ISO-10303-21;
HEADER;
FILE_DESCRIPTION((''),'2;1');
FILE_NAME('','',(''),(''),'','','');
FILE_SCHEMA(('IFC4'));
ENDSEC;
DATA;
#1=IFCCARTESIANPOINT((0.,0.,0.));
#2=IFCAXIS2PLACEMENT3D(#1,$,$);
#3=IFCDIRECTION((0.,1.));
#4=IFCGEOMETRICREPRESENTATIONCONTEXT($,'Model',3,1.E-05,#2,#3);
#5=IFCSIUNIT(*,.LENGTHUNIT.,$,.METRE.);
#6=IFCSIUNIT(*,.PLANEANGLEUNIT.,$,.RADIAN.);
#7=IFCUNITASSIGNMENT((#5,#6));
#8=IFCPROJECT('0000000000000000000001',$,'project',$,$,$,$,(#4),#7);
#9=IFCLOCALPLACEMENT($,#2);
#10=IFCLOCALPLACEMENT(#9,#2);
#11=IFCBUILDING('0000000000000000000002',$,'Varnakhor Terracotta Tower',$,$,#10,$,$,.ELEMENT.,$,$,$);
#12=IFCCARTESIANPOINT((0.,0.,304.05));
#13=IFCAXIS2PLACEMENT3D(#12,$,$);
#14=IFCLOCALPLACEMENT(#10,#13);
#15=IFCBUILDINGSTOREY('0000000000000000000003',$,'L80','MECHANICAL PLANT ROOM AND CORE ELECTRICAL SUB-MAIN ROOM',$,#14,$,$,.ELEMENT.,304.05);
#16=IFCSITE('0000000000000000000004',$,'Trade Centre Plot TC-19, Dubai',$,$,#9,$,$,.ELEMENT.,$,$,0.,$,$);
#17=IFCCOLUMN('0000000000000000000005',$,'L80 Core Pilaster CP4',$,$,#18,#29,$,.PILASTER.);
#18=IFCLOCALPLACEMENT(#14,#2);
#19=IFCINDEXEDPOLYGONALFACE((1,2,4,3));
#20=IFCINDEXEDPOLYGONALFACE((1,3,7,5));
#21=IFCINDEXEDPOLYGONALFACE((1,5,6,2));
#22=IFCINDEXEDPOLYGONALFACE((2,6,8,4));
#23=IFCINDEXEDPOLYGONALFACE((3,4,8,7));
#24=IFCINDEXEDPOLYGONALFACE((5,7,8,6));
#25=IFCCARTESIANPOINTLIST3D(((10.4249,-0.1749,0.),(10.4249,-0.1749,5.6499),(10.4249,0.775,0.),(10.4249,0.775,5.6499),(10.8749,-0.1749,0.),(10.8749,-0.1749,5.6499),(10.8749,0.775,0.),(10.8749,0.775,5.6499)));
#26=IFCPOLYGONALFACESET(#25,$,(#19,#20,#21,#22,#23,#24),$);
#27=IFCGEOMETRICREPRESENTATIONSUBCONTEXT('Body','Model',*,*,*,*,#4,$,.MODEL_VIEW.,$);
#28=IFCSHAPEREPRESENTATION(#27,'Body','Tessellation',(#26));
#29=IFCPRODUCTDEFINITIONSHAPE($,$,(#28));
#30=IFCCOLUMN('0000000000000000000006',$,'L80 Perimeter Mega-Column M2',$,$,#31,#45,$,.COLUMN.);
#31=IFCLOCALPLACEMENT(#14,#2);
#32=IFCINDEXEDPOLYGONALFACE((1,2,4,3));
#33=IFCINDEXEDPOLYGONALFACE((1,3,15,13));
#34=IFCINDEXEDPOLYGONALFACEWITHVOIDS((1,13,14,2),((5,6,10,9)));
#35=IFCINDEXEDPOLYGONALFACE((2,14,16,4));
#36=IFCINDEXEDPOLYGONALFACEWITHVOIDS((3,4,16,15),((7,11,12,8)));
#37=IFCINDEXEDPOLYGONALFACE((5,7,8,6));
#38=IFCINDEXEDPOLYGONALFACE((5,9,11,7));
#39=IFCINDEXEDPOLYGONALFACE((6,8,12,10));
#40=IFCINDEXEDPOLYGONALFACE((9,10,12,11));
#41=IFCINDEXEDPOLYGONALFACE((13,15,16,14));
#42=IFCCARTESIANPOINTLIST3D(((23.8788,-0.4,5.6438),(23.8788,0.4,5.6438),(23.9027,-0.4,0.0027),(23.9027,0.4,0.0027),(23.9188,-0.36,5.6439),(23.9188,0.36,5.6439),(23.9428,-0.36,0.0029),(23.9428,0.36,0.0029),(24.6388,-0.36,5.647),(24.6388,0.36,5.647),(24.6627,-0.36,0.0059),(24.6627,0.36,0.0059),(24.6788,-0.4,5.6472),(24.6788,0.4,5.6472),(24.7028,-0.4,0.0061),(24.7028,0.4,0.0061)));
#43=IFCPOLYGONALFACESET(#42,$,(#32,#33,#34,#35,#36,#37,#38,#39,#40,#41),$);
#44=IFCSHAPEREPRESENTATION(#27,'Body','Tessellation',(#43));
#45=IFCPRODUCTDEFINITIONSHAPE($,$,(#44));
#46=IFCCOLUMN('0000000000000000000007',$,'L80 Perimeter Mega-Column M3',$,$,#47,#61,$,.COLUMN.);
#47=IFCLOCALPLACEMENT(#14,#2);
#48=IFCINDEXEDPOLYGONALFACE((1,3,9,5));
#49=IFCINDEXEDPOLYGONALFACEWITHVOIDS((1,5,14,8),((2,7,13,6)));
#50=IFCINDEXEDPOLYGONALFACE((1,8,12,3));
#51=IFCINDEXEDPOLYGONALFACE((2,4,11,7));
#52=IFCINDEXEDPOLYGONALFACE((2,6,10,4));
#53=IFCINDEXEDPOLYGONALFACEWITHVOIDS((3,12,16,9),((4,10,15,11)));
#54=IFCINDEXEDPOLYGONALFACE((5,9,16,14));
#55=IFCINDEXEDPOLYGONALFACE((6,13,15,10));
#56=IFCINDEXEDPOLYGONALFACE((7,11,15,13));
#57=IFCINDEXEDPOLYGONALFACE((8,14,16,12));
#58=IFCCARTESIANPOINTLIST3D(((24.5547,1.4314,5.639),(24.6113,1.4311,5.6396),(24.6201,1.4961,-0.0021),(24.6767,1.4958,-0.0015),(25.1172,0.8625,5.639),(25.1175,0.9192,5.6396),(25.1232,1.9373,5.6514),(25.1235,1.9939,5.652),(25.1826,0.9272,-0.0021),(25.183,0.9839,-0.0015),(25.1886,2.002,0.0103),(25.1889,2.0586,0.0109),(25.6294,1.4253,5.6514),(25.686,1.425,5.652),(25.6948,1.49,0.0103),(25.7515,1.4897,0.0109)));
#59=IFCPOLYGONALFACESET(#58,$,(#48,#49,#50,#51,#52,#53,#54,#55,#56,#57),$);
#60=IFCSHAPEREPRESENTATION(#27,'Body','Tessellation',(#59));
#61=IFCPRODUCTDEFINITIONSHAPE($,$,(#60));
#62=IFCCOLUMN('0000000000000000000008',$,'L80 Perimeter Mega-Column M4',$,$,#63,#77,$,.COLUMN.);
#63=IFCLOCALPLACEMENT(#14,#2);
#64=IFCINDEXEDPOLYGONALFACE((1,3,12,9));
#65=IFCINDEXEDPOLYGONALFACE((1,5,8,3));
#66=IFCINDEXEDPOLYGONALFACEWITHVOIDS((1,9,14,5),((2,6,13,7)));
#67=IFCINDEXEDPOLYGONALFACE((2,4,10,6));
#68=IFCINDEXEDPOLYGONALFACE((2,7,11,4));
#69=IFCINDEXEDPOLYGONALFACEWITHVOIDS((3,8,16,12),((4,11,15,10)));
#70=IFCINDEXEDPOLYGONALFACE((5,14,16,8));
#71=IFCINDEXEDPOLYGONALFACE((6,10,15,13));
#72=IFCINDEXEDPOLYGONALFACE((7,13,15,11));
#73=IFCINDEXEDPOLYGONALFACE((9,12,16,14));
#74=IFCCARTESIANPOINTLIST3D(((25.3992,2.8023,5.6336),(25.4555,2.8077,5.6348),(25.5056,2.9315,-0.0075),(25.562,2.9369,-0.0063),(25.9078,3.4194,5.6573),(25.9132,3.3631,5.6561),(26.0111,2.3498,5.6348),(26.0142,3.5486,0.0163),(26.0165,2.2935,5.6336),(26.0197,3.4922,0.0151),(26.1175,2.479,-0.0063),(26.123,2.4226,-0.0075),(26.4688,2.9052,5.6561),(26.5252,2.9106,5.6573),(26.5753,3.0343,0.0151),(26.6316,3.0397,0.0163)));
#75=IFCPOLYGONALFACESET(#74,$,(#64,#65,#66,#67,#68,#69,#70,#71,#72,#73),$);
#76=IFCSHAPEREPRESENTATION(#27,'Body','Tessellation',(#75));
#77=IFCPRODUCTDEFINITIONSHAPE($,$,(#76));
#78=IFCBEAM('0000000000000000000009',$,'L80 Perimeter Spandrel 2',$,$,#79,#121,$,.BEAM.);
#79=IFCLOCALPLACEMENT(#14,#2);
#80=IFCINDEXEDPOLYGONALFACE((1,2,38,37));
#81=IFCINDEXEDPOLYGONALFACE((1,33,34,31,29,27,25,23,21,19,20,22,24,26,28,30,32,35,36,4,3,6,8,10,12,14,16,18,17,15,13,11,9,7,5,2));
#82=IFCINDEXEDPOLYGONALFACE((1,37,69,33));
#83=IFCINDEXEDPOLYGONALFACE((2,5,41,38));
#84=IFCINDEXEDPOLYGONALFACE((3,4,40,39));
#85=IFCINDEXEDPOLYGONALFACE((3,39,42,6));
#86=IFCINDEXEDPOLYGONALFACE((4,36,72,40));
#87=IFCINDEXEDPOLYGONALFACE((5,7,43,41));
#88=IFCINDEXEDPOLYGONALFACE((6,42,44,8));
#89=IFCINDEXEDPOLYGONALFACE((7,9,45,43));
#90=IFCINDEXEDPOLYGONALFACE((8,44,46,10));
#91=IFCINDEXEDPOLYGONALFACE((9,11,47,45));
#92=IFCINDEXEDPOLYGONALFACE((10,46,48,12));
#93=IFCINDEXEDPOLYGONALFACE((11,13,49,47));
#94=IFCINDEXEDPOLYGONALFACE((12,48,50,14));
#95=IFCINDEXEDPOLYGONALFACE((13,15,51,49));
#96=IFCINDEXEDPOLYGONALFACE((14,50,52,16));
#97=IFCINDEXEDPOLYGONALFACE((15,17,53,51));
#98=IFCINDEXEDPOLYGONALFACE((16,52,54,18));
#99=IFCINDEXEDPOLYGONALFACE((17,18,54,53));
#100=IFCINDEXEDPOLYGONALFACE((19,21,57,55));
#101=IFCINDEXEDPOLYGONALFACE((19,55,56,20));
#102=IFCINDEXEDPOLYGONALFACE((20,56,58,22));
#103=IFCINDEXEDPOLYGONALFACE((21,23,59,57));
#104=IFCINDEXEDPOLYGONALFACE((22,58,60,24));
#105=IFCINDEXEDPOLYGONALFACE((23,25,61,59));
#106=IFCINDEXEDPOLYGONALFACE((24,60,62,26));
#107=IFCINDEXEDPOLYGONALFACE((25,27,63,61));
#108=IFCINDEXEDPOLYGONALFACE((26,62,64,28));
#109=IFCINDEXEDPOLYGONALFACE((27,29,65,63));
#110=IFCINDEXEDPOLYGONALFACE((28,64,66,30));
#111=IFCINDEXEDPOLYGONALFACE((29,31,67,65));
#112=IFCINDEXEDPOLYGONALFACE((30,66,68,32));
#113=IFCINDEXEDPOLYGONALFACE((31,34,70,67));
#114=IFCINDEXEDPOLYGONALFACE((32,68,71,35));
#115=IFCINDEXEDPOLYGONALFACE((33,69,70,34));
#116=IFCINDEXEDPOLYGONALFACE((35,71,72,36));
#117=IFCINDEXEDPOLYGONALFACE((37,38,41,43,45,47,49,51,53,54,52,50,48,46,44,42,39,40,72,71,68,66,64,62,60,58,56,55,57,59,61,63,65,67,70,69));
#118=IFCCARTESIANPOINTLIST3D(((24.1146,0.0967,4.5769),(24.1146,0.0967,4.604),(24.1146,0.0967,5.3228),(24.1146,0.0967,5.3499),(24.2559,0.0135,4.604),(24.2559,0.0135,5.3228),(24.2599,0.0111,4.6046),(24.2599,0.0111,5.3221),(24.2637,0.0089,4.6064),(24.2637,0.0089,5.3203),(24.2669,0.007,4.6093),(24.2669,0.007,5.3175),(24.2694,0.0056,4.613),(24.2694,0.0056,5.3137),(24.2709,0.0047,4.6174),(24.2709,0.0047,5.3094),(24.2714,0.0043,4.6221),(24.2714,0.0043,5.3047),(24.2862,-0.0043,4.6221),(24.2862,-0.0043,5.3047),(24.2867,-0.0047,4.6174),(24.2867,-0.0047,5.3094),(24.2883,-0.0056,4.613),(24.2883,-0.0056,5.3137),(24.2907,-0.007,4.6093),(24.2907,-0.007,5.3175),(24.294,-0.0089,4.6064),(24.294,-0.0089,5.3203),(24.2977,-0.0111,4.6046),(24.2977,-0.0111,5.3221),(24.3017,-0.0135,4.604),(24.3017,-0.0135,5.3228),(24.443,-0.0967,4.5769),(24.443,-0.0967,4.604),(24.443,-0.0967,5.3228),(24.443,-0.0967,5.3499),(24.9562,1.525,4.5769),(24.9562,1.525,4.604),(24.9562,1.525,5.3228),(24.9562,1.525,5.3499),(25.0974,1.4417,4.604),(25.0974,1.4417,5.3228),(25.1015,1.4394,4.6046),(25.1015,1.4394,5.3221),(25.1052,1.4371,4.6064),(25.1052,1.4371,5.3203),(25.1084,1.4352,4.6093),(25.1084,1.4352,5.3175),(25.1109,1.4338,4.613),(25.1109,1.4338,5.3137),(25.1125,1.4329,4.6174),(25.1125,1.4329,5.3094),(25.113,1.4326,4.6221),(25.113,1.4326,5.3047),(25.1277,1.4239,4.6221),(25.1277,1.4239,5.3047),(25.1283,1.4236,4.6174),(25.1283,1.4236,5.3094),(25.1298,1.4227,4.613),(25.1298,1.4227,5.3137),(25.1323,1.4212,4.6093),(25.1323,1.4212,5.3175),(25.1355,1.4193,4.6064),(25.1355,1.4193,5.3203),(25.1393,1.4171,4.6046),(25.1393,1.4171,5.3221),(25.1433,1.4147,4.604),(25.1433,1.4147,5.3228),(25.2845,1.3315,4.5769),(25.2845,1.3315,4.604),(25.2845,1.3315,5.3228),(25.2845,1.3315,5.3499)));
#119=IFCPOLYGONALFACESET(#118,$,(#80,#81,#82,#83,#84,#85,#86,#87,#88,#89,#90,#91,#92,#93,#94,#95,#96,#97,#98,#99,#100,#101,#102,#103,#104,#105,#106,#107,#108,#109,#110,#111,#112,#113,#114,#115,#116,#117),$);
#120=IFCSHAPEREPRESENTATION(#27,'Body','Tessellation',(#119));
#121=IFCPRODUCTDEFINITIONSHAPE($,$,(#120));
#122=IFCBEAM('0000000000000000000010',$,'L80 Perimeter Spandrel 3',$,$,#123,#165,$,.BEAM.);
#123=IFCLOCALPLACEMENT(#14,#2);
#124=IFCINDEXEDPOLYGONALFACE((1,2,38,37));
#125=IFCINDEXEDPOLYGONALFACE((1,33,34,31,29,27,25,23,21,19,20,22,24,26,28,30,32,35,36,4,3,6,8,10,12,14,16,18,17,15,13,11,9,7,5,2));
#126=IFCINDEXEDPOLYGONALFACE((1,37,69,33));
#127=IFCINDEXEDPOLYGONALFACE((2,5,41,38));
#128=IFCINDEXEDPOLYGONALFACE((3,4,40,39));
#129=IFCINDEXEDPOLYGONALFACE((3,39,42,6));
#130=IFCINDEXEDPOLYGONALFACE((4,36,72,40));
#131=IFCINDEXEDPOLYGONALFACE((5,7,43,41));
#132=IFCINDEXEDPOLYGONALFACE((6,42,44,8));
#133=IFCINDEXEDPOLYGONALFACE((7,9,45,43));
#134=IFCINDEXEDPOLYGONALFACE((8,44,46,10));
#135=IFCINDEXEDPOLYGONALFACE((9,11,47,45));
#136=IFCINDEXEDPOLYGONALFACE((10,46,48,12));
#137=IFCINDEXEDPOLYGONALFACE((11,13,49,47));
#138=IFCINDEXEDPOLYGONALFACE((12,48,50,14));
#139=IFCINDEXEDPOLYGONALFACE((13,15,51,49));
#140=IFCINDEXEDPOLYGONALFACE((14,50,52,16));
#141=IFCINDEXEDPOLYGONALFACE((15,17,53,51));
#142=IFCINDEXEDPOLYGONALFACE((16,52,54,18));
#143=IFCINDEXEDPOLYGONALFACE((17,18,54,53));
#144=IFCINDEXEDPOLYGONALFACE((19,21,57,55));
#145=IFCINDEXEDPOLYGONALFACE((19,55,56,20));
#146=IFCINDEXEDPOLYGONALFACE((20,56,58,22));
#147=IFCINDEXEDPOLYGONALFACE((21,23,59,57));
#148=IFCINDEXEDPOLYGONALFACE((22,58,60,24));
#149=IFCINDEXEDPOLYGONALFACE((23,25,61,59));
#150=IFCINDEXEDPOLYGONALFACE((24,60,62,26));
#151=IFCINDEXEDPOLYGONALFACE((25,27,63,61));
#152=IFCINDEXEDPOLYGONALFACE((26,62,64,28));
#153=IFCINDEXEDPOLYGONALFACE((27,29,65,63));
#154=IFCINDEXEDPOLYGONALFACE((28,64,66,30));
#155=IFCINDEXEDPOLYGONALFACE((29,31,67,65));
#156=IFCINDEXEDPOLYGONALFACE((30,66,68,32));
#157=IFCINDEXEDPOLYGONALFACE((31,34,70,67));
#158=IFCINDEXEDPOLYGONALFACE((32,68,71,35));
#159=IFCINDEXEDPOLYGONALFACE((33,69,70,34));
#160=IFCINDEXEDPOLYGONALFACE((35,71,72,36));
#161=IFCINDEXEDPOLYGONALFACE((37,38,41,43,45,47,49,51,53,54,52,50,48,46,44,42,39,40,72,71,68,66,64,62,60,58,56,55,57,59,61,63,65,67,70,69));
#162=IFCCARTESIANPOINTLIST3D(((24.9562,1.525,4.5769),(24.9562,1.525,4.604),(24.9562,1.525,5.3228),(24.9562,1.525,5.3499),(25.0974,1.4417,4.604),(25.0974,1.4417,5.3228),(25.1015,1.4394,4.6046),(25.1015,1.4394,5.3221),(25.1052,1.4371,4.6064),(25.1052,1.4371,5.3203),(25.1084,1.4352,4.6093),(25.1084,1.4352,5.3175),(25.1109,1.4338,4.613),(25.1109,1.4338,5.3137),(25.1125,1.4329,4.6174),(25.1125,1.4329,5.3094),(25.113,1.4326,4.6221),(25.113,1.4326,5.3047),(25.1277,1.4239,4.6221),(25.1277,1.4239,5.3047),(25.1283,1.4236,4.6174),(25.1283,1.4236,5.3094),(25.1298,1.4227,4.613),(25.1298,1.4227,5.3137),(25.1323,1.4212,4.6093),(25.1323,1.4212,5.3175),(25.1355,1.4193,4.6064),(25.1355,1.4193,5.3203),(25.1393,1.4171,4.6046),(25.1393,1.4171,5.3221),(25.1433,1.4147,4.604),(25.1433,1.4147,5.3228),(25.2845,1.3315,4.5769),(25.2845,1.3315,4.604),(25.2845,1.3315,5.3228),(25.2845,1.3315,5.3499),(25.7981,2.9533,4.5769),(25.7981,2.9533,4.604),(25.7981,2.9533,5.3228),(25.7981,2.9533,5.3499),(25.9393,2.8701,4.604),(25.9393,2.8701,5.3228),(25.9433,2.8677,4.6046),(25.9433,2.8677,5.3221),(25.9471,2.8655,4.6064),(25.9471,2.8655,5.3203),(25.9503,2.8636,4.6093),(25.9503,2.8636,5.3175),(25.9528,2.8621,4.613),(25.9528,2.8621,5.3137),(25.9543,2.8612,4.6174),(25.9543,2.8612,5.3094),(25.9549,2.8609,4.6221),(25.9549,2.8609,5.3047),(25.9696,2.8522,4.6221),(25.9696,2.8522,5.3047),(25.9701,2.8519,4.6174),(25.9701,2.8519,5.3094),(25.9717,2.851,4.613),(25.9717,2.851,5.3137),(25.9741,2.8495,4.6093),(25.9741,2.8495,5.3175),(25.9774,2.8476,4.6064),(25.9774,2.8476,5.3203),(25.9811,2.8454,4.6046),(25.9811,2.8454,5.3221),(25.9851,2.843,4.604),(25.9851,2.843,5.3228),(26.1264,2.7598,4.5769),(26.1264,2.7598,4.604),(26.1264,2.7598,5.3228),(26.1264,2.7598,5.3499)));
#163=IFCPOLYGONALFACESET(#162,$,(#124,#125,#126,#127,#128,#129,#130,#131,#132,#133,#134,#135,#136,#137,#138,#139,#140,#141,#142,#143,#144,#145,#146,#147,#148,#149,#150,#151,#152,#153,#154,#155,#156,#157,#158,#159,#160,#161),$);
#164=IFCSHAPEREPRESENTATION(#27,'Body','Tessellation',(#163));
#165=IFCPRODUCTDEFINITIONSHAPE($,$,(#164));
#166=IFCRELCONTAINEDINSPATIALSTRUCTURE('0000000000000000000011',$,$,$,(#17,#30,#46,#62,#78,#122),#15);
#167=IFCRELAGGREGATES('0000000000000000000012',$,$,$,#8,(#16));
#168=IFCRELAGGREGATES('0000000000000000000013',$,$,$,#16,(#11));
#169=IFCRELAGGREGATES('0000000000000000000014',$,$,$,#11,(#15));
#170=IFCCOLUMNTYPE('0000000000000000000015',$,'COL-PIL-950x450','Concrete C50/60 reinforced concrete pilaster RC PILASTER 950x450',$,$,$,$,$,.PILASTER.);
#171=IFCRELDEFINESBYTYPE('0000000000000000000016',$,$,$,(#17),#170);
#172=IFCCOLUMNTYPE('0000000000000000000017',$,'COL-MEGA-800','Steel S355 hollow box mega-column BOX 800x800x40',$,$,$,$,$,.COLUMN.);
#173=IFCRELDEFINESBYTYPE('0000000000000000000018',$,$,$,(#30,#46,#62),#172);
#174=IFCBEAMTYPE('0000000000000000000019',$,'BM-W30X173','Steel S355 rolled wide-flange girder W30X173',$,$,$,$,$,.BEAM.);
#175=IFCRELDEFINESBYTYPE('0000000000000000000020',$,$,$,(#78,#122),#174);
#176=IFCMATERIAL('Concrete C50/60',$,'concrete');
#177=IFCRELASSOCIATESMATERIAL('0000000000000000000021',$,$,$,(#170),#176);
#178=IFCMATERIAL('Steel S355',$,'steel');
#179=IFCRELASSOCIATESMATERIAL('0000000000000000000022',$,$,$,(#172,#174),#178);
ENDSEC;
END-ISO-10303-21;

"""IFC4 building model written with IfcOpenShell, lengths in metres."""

from ifc_helpers import new_model, si_unit, direction, frame, origin, origin_2d, place, context, subcontext, project, spatial, rectangle, hollow_rectangle, i_section, extrude, source, transform, mapped, material, material_profile, profile_set, type_object, element, save


model = new_model("IFC4")

# Units and contexts
model_context = context("Model", 3, precision=1e-05, world=origin(), true_north=direction((0.0, 1.0)))
body_context = subcontext(model_context, "Body", "Model", "MODEL_VIEW")
ifc_project = project(units=[si_unit("LENGTHUNIT", "METRE"), si_unit("PLANEANGLEUNIT", "RADIAN")], contexts=[model_context])

# Site, building, storey
site_placement = place(None, origin())
site = spatial("IfcSite", under=ifc_project, at=site_placement, Name="Trade Centre Plot TC-19, Dubai", CompositionType="ELEMENT", RefElevation=0.0)
building_placement = place(site_placement, origin())
building = spatial("IfcBuilding", under=site, at=building_placement, Name="Varnakhor Terracotta Tower", CompositionType="ELEMENT")
storey_placement = place(building_placement, frame((0.0, 0.0, 304.05)))
storey = spatial("IfcBuildingStorey", under=building, at=storey_placement, Name="L80", Description="MECHANICAL PLANT ROOM AND CORE ELECTRICAL SUB-MAIN ROOM", CompositionType="ELEMENT", Elevation=304.05)

# Columns
ifc_material_1 = material(Name="Concrete C50/60", Category="concrete")
ifc_material_profile_1 = material_profile(ifc_material_1, rectangle(XDim=0.45, YDim=0.95, at=origin_2d()), Name="RC PILASTER 950x450")
ifc_profile_set_1 = profile_set([ifc_material_profile_1], Name="Concrete C50/60")
column_type_1 = type_object("IfcColumnType", Name="COL-PIL-950x450", Description="Concrete C50/60 reinforced concrete pilaster RC PILASTER 950x450", PredefinedType="PILASTER", material=ifc_profile_set_1)
shared_shape_1 = source(origin(), body_context, "Body", "SweptSolid", [
    extrude(rectangle(XDim=0.45, YDim=0.95, at=origin_2d()), origin(), (0.0, 0.0, 1.0), 5.6499),
])
column_1_placement = place(storey_placement, frame((10.6499, 0.3, 0.0), z_axis=(0.0, 0.0, 1.0), x_axis=(1.0, 0.0, 0.0)))
element("IfcColumn", 1, at=column_1_placement, inside=storey, type_object=column_type_1, Name="L80 Core Pilaster CP4", PredefinedType="PILASTER", context=body_context, shape_type="MappedRepresentation", body=[
    mapped(shared_shape_1, transform((0.0, 0.0, 0.0), scale=1.0)),
])
ifc_material_2 = material(Name="Steel S355", Category="steel")
ifc_material_profile_2 = material_profile(ifc_material_2, hollow_rectangle(XDim=0.8, YDim=0.8, WallThickness=0.04, at=origin_2d()), Name="BOX 800x800x40")
ifc_profile_set_2 = profile_set([ifc_material_profile_2], Name="Steel S355")
column_type_2 = type_object("IfcColumnType", Name="COL-MEGA-800", Description="Steel S355 hollow box mega-column BOX 800x800x40", PredefinedType="COLUMN", material=ifc_profile_set_2)
shared_shape_2 = source(origin(), body_context, "Body", "SweptSolid", [
    extrude(hollow_rectangle(XDim=0.8, YDim=0.8, WallThickness=0.04, at=origin_2d()), origin(), (0.0, 0.0, 1.0), 5.6411),
])
column_2_placement = place(storey_placement, frame((24.3027, 0.0, 0.0044), z_axis=(-0.004241, 0.0, 0.999991), x_axis=(0.0, -1.0, 0.0)))
element("IfcColumn", 2, at=column_2_placement, inside=storey, type_object=column_type_2, Name="L80 Perimeter Mega-Column M2", PredefinedType="COLUMN", context=body_context, shape_type="MappedRepresentation", body=[
    mapped(shared_shape_2, transform((0.0, 0.0, 0.0), scale=1.0)),
])
shared_shape_3 = source(origin(), body_context, "Body", "SweptSolid", [
    extrude(hollow_rectangle(XDim=0.8, YDim=0.8, WallThickness=0.04, at=origin_2d()), origin(), (0.0, 0.0, 1.0), 5.6418),
])
column_3_placement = place(storey_placement, frame((25.1858, 1.4929, 0.0044), z_axis=(-0.011597, -0.011467, 0.999867), x_axis=(0.703116, -0.711075, 0.0)))
element("IfcColumn", 3, at=column_3_placement, inside=storey, type_object=column_type_2, Name="L80 Perimeter Mega-Column M3", PredefinedType="COLUMN", context=body_context, shape_type="MappedRepresentation", body=[
    mapped(shared_shape_3, transform((0.0, 0.0, 0.0), scale=1.0)),
])
shared_shape_4 = source(origin(), body_context, "Body", "SweptSolid", [
    extrude(hollow_rectangle(XDim=0.8, YDim=0.8, WallThickness=0.04, at=origin_2d()), origin(), (0.0, 0.0, 1.0), 5.6436),
])
column_4_placement = place(storey_placement, frame((26.0686, 2.9856, 0.0044), z_axis=(-0.018861, -0.022884, 0.99956), x_axis=(0.771678, -0.636014, 0.0)))
element("IfcColumn", 4, at=column_4_placement, inside=storey, type_object=column_type_2, Name="L80 Perimeter Mega-Column M4", PredefinedType="COLUMN", context=body_context, shape_type="MappedRepresentation", body=[
    mapped(shared_shape_4, transform((0.0, 0.0, 0.0), scale=1.0)),
])

# Beams
ifc_material_profile_3 = material_profile(ifc_material_2, i_section(OverallWidth=0.3811, OverallDepth=0.7729, WebThickness=0.0171, FlangeThickness=0.0271, FilletRadius=0.0181, at=origin_2d()), Name="W30X173")
ifc_profile_set_3 = profile_set([ifc_material_profile_3], Name="Steel S355")
beam_type_1 = type_object("IfcBeamType", Name="BM-W30X173", Description="Steel S355 rolled wide-flange girder W30X173", PredefinedType="BEAM", material=ifc_profile_set_3)
shared_shape_5 = source(origin(), body_context, "Body", "SweptSolid", [
    extrude(i_section(OverallWidth=0.3811, OverallDepth=0.7729, WebThickness=0.0171, FlangeThickness=0.0271, FilletRadius=0.0181, at=origin_2d()), origin(), (0.0, 0.0, 1.0), 1.6577),
])
beam_1_placement = place(storey_placement, frame((24.2788, 0.0, 4.9634), z_axis=(0.507657, 0.861559, 0.0), x_axis=(-0.861559, 0.507657, 0.0)))
element("IfcBeam", 5, at=beam_1_placement, inside=storey, type_object=beam_type_1, Name="L80 Perimeter Spandrel 2", PredefinedType="BEAM", context=body_context, shape_type="MappedRepresentation", body=[
    mapped(shared_shape_5, transform((0.0, 0.0, 0.0), scale=1.0)),
])
shared_shape_6 = source(origin(), body_context, "Body", "SweptSolid", [
    extrude(i_section(OverallWidth=0.3811, OverallDepth=0.7729, WebThickness=0.0171, FlangeThickness=0.0271, FilletRadius=0.0181, at=origin_2d()), origin(), (0.0, 0.0, 1.0), 1.658),
])
beam_2_placement = place(storey_placement, frame((25.1204, 1.4282, 4.9634), z_axis=(0.507766, 0.861495, 0.0), x_axis=(-0.861495, 0.507766, 0.0)))
element("IfcBeam", 6, at=beam_2_placement, inside=storey, type_object=beam_type_1, Name="L80 Perimeter Spandrel 3", PredefinedType="BEAM", context=body_context, shape_type="MappedRepresentation", body=[
    mapped(shared_shape_6, transform((0.0, 0.0, 0.0), scale=1.0)),
])

save(model, "model.ifc")
